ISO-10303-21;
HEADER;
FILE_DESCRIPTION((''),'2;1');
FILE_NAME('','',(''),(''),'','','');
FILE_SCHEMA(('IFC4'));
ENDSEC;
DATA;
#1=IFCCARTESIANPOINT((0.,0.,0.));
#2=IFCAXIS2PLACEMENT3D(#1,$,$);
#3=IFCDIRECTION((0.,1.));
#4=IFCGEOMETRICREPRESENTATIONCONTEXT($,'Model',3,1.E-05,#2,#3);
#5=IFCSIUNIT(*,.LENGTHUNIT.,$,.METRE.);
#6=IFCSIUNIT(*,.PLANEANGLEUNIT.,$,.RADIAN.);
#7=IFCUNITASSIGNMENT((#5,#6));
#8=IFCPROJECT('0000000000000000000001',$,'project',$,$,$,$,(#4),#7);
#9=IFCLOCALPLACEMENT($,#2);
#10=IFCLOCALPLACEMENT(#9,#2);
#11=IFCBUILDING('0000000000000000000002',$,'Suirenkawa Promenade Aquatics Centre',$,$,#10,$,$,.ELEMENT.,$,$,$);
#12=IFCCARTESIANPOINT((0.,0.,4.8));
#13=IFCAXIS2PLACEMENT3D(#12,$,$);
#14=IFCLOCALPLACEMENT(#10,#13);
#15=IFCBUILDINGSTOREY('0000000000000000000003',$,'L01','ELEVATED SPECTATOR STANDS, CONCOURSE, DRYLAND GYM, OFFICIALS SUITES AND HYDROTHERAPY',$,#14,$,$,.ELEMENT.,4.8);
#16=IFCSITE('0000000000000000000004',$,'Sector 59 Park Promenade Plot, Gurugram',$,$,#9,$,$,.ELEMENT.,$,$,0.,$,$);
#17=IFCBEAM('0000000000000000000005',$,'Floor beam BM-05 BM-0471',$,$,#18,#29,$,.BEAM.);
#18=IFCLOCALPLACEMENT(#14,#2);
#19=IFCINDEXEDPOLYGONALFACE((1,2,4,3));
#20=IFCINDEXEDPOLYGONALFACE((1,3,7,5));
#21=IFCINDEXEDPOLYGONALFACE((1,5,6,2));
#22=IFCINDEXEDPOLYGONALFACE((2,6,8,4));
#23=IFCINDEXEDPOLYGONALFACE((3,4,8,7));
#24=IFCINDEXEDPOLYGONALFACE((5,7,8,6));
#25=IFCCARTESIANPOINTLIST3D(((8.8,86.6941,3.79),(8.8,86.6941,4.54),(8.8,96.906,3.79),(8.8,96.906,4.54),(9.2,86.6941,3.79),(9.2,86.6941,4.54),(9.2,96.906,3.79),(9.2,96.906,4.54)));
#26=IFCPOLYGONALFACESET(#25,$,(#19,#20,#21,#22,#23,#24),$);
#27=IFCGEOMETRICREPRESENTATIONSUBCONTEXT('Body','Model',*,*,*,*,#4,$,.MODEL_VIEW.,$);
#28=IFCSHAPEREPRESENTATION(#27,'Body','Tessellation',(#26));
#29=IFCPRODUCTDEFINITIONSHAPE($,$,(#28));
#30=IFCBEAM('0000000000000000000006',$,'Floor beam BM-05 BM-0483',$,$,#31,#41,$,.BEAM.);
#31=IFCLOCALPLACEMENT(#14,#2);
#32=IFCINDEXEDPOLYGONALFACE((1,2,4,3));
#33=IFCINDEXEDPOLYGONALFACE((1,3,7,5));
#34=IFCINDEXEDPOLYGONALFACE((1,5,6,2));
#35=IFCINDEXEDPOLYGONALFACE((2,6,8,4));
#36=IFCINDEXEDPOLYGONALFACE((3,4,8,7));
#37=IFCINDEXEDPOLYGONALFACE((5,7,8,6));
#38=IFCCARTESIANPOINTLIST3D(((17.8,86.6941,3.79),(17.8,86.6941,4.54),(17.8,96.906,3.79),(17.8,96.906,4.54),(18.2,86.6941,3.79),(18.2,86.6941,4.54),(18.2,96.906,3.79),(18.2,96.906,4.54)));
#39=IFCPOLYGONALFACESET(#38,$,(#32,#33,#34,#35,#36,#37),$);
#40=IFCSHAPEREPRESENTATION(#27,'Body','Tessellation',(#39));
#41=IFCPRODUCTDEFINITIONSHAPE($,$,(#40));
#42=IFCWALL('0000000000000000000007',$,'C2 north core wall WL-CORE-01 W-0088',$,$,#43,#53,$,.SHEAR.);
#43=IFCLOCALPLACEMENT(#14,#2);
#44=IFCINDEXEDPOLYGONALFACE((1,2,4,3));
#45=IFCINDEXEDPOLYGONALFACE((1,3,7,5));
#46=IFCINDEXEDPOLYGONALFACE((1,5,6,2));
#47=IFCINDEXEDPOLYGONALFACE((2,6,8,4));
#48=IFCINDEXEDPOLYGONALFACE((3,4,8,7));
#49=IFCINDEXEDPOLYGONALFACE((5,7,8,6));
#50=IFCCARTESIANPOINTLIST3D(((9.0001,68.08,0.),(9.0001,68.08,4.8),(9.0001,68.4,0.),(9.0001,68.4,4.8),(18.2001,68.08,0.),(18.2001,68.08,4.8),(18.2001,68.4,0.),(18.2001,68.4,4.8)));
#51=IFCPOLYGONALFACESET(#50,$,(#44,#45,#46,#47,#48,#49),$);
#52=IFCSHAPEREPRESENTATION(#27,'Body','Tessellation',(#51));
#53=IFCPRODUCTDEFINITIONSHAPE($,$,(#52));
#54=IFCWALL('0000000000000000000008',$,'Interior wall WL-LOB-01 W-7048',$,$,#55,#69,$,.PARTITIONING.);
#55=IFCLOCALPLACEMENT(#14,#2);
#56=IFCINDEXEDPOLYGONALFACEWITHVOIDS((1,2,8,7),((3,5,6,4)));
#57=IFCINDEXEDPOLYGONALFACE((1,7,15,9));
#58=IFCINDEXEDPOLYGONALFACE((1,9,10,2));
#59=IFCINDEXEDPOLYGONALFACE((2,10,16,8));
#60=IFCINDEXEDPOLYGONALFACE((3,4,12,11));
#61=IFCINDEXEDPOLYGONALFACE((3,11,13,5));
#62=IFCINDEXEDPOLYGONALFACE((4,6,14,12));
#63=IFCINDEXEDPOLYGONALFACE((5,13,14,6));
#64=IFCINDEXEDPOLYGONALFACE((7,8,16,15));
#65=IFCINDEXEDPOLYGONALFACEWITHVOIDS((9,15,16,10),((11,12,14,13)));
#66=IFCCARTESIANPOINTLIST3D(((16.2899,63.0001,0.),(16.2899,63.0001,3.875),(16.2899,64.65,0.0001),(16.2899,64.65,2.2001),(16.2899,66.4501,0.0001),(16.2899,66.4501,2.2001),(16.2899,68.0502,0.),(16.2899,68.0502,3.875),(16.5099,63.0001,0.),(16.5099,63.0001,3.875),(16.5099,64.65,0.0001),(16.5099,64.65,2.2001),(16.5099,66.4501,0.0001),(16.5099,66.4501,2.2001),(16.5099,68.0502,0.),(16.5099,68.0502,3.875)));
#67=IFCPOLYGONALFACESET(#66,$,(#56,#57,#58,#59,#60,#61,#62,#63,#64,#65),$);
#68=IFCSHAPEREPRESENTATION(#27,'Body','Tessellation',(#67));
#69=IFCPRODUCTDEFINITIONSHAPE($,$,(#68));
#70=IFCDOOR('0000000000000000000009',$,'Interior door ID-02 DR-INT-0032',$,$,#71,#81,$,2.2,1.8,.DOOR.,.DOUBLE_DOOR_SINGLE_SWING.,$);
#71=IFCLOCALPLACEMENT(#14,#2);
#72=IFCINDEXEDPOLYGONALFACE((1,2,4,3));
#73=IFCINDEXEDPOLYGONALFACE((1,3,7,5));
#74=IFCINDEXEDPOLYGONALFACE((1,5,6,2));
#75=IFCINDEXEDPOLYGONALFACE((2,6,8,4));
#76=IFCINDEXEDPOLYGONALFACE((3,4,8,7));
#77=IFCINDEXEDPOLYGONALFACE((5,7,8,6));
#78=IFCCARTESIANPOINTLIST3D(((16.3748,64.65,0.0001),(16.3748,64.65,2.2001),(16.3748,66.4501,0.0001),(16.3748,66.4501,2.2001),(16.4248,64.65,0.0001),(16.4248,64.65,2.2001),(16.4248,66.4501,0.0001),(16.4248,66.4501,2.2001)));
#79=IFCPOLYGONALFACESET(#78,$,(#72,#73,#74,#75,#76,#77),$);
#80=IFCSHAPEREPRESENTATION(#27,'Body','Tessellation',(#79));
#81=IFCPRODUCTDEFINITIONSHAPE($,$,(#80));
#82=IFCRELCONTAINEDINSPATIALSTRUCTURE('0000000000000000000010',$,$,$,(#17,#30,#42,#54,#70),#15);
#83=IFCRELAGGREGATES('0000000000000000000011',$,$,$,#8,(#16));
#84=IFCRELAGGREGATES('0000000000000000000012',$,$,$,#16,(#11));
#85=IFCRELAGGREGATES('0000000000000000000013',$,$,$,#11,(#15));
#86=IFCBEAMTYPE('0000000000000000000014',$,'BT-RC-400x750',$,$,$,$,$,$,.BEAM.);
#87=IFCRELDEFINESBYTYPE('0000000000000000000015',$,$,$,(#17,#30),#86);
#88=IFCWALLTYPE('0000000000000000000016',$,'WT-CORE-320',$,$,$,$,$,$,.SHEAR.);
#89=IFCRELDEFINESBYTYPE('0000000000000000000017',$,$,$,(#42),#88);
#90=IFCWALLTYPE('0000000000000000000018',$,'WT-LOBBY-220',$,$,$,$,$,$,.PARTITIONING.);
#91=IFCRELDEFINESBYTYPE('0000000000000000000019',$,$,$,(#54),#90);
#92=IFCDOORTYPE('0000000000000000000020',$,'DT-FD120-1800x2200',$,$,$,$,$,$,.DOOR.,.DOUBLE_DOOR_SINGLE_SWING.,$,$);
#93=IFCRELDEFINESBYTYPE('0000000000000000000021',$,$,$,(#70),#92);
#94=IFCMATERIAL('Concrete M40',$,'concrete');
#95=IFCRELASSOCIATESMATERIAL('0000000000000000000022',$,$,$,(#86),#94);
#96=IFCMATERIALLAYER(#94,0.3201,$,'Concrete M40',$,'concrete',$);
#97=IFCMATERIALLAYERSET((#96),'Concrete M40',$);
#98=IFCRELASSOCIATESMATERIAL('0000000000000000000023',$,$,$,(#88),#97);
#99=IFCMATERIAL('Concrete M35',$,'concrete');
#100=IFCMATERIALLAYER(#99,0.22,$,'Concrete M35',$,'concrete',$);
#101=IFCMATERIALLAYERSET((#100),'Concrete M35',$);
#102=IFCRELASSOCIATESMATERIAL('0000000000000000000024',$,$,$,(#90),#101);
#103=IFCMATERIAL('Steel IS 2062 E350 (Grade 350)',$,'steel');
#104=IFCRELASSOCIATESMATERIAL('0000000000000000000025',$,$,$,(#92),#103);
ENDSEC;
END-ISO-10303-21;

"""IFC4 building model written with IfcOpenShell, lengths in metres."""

from ifc_helpers import new_model, si_unit, direction, frame, frame_2d, origin, origin_2d, place, context, subcontext, project, spatial, rectangle, extrude, material, layer, layer_set, material_profile, profile_set, type_object, element, fill, save


model = new_model("IFC4")

# Units and contexts
model_context = context("Model", 3, precision=1e-05, world=origin(), true_north=direction((0.0, 1.0)))
body_context = subcontext(model_context, "Body", "Model", "MODEL_VIEW")
ifc_project = project(units=[si_unit("LENGTHUNIT", "METRE"), si_unit("PLANEANGLEUNIT", "RADIAN")], contexts=[model_context])

# Site, building, storey
site_placement = place(None, origin())
site = spatial("IfcSite", under=ifc_project, at=site_placement, Name="Sector 59 Park Promenade Plot, Gurugram", CompositionType="ELEMENT", RefElevation=0.0)
building_placement = place(site_placement, origin())
building = spatial("IfcBuilding", under=site, at=building_placement, Name="Suirenkawa Promenade Aquatics Centre", CompositionType="ELEMENT")
storey_placement = place(building_placement, frame((0.0, 0.0, 4.8)))
storey = spatial("IfcBuildingStorey", under=building, at=storey_placement, Name="L01", Description="ELEVATED SPECTATOR STANDS, CONCOURSE, DRYLAND GYM, OFFICIALS SUITES AND HYDROTHERAPY", CompositionType="ELEMENT", Elevation=4.8)

# Shared definitions
ifc_material_1 = material(Name="Concrete M40", Category="concrete")

# Beams
ifc_material_2 = material(Name="Steel IS 2062 E350 (Grade 350)", Category="steel")
ifc_material_3 = material(Name="Concrete M35", Category="concrete")
ifc_material_profile_1 = material_profile(ifc_material_1, rectangle(XDim=0.3999, YDim=0.75, at=origin_2d()), Name="RC BM 400x750", Category="concrete")
ifc_profile_set_1 = profile_set([ifc_material_profile_1], Name="Concrete M40")
beam_type_1 = type_object("IfcBeamType", Name="BT-RC-400x750", PredefinedType="BEAM", material=ifc_profile_set_1)
for number, where, z_axis, x_axis, name in (
    (1, (9.0, 86.6941, 4.165), (0.0, 1.0, 0.0), (-1.0, 0.0, 0.0), "Floor beam BM-05 BM-0471"),
    (2, (18.0, 86.6941, 4.165), (0.0, 1.0, 0.0), (-1.0, 0.0, 0.0), "Floor beam BM-05 BM-0483"),
):
    element("IfcBeam", number, at=place(storey_placement, frame(where, z_axis=z_axis, x_axis=x_axis)), inside=storey, type_object=beam_type_1, Name=name, PredefinedType="BEAM", context=body_context, shape_type="SweptSolid", body=[
        extrude(rectangle(XDim=0.3999, YDim=0.75, at=origin_2d()), origin(), (0.0, 0.0, 1.0), 10.2119),
    ])

# Wall
ifc_layer_1 = layer(ifc_material_1, 0.3201, Name="Concrete M40", Category="concrete")
ifc_layer_set_1 = layer_set([ifc_layer_1], Name="Concrete M40")
wall_type_1 = type_object("IfcWallType", Name="WT-CORE-320", PredefinedType="SHEAR", material=ifc_layer_set_1)
wall_1_placement = place(storey_placement, frame((9.0, 68.24, 0.0), z_axis=(0.0, 0.0, 1.0), x_axis=(1.0, 0.0, 0.0)))
element("IfcWall", 3, at=wall_1_placement, inside=storey, type_object=wall_type_1, Name="C2 north core wall WL-CORE-01 W-0088", PredefinedType="SHEAR", context=body_context, shape_type="SweptSolid", body=[
    extrude(rectangle(XDim=9.2, YDim=0.3201, at=frame_2d((4.6001, 0.0))), origin(), (0.0, 0.0, 1.0), 4.8),
])

# Wall, opening, door
ifc_layer_2 = layer(ifc_material_3, 0.22, Name="Concrete M35", Category="concrete")
ifc_layer_set_2 = layer_set([ifc_layer_2], Name="Concrete M35")
wall_type_2 = type_object("IfcWallType", Name="WT-LOBBY-220", PredefinedType="PARTITIONING", material=ifc_layer_set_2)
wall_2_placement = place(storey_placement, frame((16.3999, 68.05, 0.0), z_axis=(0.0, 0.0, 1.0), x_axis=(0.0, -1.0, 0.0)))
wall_2 = element("IfcWall", 4, at=wall_2_placement, inside=storey, type_object=wall_type_2, Name="Interior wall WL-LOB-01 W-7048", PredefinedType="PARTITIONING", context=body_context, shape_type="SweptSolid", body=[
    extrude(rectangle(XDim=5.05, YDim=0.22, at=frame_2d((2.5249, 0.0))), origin(), (0.0, 0.0, 1.0), 3.875),
])
opening_placement = place(wall_2_placement, frame((1.6001, 0.0, 0.0)))
opening = element("IfcOpeningElement", 5, at=opening_placement, cuts=wall_2, PredefinedType="OPENING", context=body_context, shape_type="SweptSolid", body=[
    extrude(rectangle(XDim=1.8, YDim=2.2, at=frame_2d((0.8999, 1.1001))), frame((0.0, 0.1199, 0.0), z_axis=(0.0, -1.0, 0.0), x_axis=(1.0, 0.0, 0.0)), (0.0, 0.0, 1.0), 0.24),
])
door_type = type_object("IfcDoorType", Name="DT-FD120-1800x2200", OperationType="DOUBLE_DOOR_SINGLE_SWING", PredefinedType="DOOR", material=ifc_material_2)
door_placement = place(opening_placement, origin())
door = element("IfcDoor", 6, at=door_placement, inside=storey, type_object=door_type, Name="Interior door ID-02 DR-INT-0032", OperationType="DOUBLE_DOOR_SINGLE_SWING", OverallHeight=2.2, OverallWidth=1.8, PredefinedType="DOOR", context=body_context, shape_type="SweptSolid", body=[
    extrude(rectangle(XDim=1.8, YDim=2.2, at=frame_2d((0.8999, 1.1001))), frame((0.0, 0.0249, 0.0), z_axis=(0.0, -1.0, 0.0), x_axis=(1.0, 0.0, 0.0)), (0.0, 0.0, 1.0), 0.05),
])
fill(opening, door)

save(model, "model.ifc")
